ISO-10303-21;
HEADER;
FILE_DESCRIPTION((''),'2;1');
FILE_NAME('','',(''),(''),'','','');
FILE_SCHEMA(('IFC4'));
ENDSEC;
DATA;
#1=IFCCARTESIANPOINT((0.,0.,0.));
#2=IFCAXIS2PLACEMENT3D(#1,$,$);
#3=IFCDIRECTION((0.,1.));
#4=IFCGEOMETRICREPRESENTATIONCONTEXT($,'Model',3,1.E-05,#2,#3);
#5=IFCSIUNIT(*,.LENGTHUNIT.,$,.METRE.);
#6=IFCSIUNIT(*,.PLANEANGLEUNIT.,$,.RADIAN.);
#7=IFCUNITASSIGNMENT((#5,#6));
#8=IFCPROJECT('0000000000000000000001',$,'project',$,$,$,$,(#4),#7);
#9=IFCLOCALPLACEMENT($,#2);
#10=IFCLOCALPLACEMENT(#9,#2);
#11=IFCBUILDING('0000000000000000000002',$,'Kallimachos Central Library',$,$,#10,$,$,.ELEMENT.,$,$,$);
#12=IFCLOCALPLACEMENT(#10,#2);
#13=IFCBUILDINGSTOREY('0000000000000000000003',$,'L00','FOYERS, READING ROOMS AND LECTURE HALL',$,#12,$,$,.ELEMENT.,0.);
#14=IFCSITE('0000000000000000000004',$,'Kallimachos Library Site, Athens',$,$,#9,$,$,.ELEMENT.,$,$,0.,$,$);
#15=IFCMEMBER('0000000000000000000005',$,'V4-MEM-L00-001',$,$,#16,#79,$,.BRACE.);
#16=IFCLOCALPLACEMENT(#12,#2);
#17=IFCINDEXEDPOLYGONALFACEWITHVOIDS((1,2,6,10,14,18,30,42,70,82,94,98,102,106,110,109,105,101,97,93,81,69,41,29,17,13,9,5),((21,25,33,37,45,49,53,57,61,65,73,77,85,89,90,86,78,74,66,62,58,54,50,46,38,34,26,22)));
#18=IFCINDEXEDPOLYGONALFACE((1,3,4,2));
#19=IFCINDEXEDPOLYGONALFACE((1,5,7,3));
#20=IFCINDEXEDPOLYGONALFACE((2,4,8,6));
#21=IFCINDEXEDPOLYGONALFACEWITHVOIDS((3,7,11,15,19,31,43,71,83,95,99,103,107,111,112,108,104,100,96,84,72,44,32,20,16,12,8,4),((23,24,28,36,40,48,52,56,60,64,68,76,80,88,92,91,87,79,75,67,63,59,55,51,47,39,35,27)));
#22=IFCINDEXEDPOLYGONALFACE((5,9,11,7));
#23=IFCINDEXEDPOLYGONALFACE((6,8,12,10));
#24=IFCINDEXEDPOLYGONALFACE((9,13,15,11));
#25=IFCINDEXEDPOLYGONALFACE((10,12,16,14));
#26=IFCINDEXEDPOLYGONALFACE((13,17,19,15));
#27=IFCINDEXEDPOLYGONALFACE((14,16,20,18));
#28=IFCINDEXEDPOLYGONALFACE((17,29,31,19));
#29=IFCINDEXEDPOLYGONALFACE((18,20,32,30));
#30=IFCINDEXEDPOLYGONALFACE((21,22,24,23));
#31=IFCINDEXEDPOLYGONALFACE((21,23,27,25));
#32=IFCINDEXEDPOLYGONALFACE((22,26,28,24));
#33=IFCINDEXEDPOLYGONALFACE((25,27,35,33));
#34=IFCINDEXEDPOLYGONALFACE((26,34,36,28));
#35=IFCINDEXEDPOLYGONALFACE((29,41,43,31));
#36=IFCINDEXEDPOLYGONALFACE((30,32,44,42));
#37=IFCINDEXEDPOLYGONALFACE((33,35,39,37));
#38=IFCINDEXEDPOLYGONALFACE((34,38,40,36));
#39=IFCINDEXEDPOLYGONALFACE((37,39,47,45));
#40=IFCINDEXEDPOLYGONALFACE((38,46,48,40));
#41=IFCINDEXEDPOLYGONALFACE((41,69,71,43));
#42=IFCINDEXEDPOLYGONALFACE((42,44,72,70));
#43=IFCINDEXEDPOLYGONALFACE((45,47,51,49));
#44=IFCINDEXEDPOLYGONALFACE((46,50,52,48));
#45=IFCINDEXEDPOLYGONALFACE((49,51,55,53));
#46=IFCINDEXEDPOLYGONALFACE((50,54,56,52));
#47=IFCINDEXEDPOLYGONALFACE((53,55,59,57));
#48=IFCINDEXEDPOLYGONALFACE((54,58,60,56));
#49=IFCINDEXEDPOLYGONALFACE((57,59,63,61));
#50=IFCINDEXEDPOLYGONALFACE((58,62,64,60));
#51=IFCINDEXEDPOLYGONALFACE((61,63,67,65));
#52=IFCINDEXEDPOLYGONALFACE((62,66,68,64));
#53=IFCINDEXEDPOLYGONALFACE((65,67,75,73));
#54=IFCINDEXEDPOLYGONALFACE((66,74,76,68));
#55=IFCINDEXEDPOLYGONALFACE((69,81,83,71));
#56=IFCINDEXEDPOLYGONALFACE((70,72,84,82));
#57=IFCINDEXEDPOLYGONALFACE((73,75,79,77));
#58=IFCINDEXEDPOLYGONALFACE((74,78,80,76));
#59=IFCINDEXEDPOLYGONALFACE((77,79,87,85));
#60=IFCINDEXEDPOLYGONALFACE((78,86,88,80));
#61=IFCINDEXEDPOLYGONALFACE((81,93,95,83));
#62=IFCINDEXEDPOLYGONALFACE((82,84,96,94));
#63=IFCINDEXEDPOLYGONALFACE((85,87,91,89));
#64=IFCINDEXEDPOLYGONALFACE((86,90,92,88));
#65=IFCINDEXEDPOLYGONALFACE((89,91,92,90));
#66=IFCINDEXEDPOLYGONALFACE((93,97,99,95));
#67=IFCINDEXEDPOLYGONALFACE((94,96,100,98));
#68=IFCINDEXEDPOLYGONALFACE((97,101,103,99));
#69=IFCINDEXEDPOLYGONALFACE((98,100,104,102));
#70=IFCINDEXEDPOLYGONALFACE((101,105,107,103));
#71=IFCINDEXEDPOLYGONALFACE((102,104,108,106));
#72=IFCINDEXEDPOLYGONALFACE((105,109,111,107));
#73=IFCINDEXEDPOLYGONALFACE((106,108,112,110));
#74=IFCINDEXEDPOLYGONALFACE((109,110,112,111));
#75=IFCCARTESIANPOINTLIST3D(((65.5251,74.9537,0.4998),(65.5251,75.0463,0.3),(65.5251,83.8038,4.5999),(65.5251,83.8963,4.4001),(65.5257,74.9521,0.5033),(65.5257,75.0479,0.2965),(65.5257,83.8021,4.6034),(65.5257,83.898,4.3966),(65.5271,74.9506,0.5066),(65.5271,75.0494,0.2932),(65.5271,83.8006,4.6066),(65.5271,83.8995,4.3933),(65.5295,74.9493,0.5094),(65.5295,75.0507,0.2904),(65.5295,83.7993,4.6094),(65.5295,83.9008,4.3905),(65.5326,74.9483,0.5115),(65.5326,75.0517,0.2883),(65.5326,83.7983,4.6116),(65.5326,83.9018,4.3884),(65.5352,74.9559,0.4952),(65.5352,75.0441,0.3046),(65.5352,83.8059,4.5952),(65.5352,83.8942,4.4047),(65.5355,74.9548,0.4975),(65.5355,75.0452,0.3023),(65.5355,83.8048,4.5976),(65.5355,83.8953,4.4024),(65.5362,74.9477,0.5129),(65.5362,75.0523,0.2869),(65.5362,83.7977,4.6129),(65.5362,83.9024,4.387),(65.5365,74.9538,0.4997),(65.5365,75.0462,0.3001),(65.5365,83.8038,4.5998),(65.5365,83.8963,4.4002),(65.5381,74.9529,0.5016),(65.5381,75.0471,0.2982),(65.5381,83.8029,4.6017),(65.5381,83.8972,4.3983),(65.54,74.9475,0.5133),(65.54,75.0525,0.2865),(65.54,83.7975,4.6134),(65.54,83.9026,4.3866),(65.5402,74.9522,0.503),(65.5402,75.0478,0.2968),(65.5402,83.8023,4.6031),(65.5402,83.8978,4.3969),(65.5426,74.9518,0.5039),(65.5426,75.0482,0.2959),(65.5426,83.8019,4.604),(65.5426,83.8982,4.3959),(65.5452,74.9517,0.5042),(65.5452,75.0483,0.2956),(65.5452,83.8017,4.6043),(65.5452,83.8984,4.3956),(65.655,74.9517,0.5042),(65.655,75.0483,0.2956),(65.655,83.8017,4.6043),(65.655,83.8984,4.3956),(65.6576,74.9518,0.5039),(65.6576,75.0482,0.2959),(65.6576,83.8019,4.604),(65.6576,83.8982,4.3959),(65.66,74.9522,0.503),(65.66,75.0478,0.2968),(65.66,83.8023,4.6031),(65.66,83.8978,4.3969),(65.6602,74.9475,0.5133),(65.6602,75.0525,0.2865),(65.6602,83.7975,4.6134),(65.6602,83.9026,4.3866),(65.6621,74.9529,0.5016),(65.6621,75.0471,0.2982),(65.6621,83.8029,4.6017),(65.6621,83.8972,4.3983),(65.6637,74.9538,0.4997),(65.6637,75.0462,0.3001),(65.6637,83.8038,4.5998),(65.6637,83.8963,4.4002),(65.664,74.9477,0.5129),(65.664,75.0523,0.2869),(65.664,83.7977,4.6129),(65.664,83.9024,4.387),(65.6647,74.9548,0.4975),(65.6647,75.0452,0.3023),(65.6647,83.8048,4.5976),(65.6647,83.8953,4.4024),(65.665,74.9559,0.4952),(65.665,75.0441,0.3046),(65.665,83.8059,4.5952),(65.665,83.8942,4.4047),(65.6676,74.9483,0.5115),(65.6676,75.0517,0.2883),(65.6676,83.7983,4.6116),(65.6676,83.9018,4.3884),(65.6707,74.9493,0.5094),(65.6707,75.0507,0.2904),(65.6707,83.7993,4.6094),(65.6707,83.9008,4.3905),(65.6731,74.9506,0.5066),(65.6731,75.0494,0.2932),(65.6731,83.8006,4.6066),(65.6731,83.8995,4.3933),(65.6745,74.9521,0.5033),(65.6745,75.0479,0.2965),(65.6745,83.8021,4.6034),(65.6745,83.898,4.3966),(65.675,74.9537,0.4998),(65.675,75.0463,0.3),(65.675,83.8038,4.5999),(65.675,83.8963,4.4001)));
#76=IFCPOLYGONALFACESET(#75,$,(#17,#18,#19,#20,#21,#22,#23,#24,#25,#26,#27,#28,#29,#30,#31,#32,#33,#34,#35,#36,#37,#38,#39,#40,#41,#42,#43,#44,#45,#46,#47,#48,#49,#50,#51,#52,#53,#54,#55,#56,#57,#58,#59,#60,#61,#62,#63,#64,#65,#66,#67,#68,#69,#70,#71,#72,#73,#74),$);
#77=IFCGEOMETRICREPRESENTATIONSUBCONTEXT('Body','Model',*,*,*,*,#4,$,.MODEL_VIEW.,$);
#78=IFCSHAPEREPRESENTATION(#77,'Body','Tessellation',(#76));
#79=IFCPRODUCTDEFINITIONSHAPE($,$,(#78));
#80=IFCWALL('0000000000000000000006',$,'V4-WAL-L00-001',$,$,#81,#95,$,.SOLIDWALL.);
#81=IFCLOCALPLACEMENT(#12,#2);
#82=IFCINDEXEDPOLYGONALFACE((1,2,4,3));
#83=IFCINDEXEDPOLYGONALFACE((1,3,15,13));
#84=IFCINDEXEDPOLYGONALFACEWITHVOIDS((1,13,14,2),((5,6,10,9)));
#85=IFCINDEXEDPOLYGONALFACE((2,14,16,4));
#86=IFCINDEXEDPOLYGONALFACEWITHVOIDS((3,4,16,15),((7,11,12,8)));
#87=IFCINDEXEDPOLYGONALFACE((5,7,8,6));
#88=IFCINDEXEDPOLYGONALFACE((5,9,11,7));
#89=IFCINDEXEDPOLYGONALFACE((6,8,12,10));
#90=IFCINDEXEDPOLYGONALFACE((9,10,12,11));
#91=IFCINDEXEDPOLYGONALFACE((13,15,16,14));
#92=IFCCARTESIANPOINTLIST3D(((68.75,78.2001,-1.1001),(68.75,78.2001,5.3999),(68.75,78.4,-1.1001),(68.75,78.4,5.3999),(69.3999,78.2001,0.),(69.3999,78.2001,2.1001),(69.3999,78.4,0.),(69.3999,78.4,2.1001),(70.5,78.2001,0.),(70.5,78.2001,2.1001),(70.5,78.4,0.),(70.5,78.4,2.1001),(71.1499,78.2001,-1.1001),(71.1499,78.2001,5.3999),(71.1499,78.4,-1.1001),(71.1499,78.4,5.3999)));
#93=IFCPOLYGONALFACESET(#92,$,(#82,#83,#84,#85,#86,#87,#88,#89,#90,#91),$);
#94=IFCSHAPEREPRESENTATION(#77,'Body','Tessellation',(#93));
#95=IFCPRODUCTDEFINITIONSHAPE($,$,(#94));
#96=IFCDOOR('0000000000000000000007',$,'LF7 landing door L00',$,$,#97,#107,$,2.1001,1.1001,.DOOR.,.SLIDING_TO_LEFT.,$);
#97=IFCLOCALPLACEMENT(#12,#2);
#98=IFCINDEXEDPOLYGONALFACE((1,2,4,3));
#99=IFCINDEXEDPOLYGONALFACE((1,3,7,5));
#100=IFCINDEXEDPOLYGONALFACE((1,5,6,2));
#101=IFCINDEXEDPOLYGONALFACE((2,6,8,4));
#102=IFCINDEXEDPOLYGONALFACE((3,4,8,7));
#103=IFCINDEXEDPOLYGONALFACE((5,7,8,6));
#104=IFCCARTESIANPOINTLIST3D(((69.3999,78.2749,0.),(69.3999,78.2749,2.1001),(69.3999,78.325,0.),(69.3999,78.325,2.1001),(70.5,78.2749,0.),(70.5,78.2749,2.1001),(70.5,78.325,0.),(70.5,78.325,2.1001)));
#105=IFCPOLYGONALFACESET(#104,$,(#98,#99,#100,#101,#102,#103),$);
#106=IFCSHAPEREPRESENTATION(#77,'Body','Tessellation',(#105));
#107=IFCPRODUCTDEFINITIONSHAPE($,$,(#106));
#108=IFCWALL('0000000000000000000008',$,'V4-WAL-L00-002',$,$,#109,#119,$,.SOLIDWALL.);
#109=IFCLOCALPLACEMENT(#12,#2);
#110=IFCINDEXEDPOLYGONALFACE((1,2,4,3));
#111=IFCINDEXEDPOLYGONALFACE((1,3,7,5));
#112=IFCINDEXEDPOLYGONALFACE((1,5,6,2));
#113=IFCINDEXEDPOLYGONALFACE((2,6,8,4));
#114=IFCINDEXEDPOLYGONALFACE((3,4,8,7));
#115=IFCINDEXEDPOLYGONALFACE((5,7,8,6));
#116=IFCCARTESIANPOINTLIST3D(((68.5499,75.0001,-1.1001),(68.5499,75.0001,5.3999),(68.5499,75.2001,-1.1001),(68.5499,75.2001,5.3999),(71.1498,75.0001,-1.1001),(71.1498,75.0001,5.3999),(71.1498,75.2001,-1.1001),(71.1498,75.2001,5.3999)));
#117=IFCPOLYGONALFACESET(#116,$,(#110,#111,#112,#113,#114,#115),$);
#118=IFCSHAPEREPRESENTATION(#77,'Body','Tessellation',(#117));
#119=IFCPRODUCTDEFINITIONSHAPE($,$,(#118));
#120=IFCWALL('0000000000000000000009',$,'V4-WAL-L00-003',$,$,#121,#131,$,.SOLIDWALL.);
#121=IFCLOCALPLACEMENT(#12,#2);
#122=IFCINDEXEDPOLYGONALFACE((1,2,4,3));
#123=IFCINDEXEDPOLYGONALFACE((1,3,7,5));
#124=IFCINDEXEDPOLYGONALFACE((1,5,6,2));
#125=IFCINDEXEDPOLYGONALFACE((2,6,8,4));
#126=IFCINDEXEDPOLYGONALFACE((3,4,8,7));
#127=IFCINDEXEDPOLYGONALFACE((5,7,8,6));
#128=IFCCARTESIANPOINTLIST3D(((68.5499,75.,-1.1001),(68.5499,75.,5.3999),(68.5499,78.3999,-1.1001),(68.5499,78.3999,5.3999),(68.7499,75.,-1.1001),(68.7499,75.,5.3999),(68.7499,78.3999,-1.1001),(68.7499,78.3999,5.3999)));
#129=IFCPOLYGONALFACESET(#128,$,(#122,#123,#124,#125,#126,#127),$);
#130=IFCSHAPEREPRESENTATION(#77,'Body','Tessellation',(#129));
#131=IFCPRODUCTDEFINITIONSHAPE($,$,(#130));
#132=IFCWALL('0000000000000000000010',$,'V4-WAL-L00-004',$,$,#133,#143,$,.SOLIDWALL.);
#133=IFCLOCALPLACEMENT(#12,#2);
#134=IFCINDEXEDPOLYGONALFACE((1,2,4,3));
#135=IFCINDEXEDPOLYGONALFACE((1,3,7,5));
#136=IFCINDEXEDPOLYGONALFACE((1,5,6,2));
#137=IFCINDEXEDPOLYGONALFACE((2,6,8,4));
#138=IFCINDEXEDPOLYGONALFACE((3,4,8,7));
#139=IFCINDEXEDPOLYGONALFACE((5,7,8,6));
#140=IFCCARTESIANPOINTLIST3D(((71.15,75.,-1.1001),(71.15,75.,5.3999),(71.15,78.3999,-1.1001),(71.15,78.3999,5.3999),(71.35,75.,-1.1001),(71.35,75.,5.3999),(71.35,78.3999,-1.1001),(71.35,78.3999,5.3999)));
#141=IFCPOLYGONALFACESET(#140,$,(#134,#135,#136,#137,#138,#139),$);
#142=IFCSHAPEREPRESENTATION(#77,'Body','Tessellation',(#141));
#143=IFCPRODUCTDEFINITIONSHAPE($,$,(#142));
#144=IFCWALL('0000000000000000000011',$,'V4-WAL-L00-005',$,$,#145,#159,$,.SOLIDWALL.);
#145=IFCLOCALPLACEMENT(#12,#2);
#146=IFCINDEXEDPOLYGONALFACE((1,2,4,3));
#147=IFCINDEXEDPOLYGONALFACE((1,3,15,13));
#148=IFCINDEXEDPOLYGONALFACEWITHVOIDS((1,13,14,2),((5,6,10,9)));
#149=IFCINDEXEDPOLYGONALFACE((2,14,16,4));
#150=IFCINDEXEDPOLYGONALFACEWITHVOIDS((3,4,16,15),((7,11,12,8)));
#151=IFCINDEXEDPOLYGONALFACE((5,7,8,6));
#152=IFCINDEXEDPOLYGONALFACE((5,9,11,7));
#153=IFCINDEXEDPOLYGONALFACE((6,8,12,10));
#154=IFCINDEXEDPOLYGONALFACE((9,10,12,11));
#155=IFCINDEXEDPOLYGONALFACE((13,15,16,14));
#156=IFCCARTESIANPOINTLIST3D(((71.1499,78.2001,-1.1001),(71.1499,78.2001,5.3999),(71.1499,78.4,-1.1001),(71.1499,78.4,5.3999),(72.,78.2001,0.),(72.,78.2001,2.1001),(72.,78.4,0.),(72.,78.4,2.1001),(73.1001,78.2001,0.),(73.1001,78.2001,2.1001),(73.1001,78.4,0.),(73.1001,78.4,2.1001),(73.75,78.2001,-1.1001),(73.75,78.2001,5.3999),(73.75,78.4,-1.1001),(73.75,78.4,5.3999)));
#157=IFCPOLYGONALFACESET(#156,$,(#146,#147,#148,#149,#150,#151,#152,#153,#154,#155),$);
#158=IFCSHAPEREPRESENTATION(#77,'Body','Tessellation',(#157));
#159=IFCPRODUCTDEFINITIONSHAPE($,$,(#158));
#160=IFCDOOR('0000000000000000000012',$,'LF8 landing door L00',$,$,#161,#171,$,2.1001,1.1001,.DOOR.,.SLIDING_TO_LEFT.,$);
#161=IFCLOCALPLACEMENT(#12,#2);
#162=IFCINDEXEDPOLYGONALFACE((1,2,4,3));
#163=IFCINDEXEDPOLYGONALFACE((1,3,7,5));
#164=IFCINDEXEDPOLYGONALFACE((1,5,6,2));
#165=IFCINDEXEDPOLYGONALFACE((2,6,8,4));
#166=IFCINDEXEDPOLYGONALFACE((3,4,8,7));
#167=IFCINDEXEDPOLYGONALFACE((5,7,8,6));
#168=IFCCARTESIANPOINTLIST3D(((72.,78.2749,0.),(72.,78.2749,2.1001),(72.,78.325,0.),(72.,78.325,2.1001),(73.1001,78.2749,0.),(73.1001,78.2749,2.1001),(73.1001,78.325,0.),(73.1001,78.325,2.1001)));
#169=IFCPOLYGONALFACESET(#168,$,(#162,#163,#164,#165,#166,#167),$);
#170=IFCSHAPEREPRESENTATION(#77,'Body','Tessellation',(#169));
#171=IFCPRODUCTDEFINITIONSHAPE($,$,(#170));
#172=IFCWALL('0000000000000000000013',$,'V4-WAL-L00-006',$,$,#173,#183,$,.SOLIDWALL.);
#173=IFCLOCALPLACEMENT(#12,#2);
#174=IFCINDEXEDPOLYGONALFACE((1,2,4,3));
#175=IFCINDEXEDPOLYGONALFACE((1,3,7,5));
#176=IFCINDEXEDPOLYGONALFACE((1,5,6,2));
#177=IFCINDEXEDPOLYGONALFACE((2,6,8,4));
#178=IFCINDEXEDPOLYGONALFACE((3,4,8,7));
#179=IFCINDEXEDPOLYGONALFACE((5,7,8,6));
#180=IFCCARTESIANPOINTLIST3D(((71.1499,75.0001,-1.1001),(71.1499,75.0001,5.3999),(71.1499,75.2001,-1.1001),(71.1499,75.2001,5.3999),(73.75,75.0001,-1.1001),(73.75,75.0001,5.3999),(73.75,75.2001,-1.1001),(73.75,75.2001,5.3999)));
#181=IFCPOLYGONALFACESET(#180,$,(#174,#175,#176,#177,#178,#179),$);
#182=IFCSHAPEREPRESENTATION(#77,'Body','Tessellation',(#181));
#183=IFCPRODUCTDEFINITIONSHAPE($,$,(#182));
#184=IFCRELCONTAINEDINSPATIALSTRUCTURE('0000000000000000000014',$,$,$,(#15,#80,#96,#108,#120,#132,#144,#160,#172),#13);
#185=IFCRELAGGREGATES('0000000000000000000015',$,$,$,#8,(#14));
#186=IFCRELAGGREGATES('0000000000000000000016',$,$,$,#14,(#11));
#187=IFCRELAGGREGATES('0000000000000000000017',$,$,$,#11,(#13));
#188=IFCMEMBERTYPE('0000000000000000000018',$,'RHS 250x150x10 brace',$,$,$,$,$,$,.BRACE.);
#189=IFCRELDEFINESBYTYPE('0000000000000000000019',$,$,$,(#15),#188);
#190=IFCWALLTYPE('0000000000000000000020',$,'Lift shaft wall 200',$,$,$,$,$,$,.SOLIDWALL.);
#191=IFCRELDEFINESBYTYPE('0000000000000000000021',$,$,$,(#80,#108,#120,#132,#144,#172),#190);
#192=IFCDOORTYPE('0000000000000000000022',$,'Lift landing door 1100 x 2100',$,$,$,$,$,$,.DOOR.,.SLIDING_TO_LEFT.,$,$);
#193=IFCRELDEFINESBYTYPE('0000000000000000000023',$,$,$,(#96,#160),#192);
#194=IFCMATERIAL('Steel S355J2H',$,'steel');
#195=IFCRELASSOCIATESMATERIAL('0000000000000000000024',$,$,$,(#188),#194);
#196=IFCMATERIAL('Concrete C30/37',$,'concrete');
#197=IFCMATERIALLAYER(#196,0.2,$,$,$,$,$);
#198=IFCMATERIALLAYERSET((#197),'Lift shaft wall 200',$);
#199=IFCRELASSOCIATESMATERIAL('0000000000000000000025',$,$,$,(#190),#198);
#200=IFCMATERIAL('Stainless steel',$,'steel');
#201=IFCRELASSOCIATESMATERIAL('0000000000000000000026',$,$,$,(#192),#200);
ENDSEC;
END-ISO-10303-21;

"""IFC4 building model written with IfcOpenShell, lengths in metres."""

from ifc_helpers import new_model, si_unit, direction, frame, frame_2d, origin, origin_2d, place, context, subcontext, project, spatial, rectangle, hollow_rectangle, extrude, material, layer, layer_set, material_profile, profile_set, type_object, element, fill, save


model = new_model("IFC4")

# Units and contexts
model_context = context("Model", 3, precision=1e-05, world=origin(), true_north=direction((0.0, 1.0)))
body_context = subcontext(model_context, "Body", "Model", "MODEL_VIEW")
ifc_project = project(units=[si_unit("LENGTHUNIT", "METRE"), si_unit("PLANEANGLEUNIT", "RADIAN")], contexts=[model_context])

# Site, building, storey
site_placement = place(None, origin())
site = spatial("IfcSite", under=ifc_project, at=site_placement, Name="Kallimachos Library Site, Athens", CompositionType="ELEMENT", RefElevation=0.0)
building_placement = place(site_placement, origin())
building = spatial("IfcBuilding", under=site, at=building_placement, Name="Kallimachos Central Library", CompositionType="ELEMENT")
storey_placement = place(building_placement, origin())
storey = spatial("IfcBuildingStorey", under=building, at=storey_placement, Name="L00", Description="FOYERS, READING ROOMS AND LECTURE HALL", CompositionType="ELEMENT", Elevation=0.0)

# Member
ifc_material_1 = material(Name="Steel S355J2H", Category="steel")
ifc_material_profile_1 = material_profile(ifc_material_1, hollow_rectangle(XDim=0.1499, YDim=0.25, WallThickness=0.01, InnerFilletRadius=0.01, OuterFilletRadius=0.0149, at=origin_2d()), Name="RHS 250x150x10")
ifc_profile_set_1 = profile_set([ifc_material_profile_1], Name="Steel S355J2H")
member_type = type_object("IfcMemberType", Name="RHS 250x150x10 brace", PredefinedType="BRACE", material=ifc_profile_set_1)
member_placement = place(storey_placement, frame((65.6001, 75.0, 0.3999), z_axis=(0.0, 0.907356, 0.420363), x_axis=(-1.0, 0.0, 0.0)))
element("IfcMember", 1, at=member_placement, inside=storey, type_object=member_type, Name="V4-MEM-L00-001", PredefinedType="BRACE", context=body_context, shape_type="SweptSolid", body=[
    extrude(hollow_rectangle(XDim=0.1499, YDim=0.25, WallThickness=0.01, InnerFilletRadius=0.01, OuterFilletRadius=0.0149, at=origin_2d()), origin(), (0.0, 0.0, 1.0), 9.7537),
])

# Wall, opening, door
ifc_material_2 = material(Name="Concrete C30/37", Category="concrete")
ifc_layer_1 = layer(ifc_material_2, 0.2)
ifc_layer_set_1 = layer_set([ifc_layer_1], Name="Lift shaft wall 200")
wall_type_1 = type_object("IfcWallType", Name="Lift shaft wall 200", PredefinedType="SOLIDWALL", material=ifc_layer_set_1)
wall_1_placement = place(storey_placement, frame((68.75, 78.3, -1.1001), z_axis=(0.0, 0.0, 1.0), x_axis=(1.0, 0.0, 0.0)))
wall_1 = element("IfcWall", 2, at=wall_1_placement, inside=storey, type_object=wall_type_1, Name="V4-WAL-L00-001", PredefinedType="SOLIDWALL", context=body_context, shape_type="SweptSolid", body=[
    extrude(rectangle(XDim=2.3999, YDim=0.2, at=frame_2d((1.2, 0.0))), origin(), (0.0, 0.0, 1.0), 6.5),
])
opening_1_placement = place(wall_1_placement, frame((0.6499, 0.0, 1.1001)))
opening_1 = element("IfcOpeningElement", 3, at=opening_1_placement, cuts=wall_1, PredefinedType="OPENING", context=body_context, shape_type="SweptSolid", body=[
    extrude(rectangle(XDim=1.1001, YDim=2.1001, at=frame_2d((0.55, 1.05))), frame((0.0, 0.1099, 0.0), z_axis=(0.0, -1.0, 0.0), x_axis=(1.0, 0.0, 0.0)), (0.0, 0.0, 1.0), 0.22),
])
ifc_material_3 = material(Name="Stainless steel", Category="steel")
door_type_1 = type_object("IfcDoorType", Name="Lift landing door 1100 x 2100", OperationType="SLIDING_TO_LEFT", PredefinedType="DOOR", material=ifc_material_3)
door_1_placement = place(opening_1_placement, origin())
door_1 = element("IfcDoor", 4, at=door_1_placement, inside=storey, type_object=door_type_1, Name="LF7 landing door L00", OperationType="SLIDING_TO_LEFT", OverallHeight=2.1001, OverallWidth=1.1001, PredefinedType="DOOR", context=body_context, shape_type="SweptSolid", body=[
    extrude(rectangle(XDim=1.1001, YDim=2.1001, at=frame_2d((0.55, 1.05))), frame((0.0, 0.0249, 0.0), z_axis=(0.0, -1.0, 0.0), x_axis=(1.0, 0.0, 0.0)), (0.0, 0.0, 1.0), 0.05),
])
fill(opening_1, door_1)

# Walls
wall_2_placement = place(storey_placement, frame((68.55, 75.1001, -1.1001), z_axis=(0.0, 0.0, 1.0), x_axis=(1.0, 0.0, 0.0)))
element("IfcWall", 5, at=wall_2_placement, inside=storey, type_object=wall_type_1, Name="V4-WAL-L00-002", PredefinedType="SOLIDWALL", context=body_context, shape_type="SweptSolid", body=[
    extrude(rectangle(XDim=2.5999, YDim=0.2, at=frame_2d((1.2998, 0.0))), origin(), (0.0, 0.0, 1.0), 6.5),
])
for number, where, z_axis, x_axis, name in (
    (6, (68.6499, 75.0, -1.1001), (0.0, 0.0, 1.0), (0.0, 1.0, 0.0), "V4-WAL-L00-003"),
    (7, (71.25, 75.0, -1.1001), (0.0, 0.0, 1.0), (0.0, 1.0, 0.0), "V4-WAL-L00-004"),
):
    element("IfcWall", number, at=place(storey_placement, frame(where, z_axis=z_axis, x_axis=x_axis)), inside=storey, type_object=wall_type_1, Name=name, PredefinedType="SOLIDWALL", context=body_context, shape_type="SweptSolid", body=[
        extrude(rectangle(XDim=3.3999, YDim=0.2, at=frame_2d((1.7, 0.0))), origin(), (0.0, 0.0, 1.0), 6.5),
    ])

# Wall, opening, door
wall_3_placement = place(storey_placement, frame((71.1499, 78.3, -1.1001), z_axis=(0.0, 0.0, 1.0), x_axis=(1.0, 0.0, 0.0)))
wall_3 = element("IfcWall", 8, at=wall_3_placement, inside=storey, type_object=wall_type_1, Name="V4-WAL-L00-005", PredefinedType="SOLIDWALL", context=body_context, shape_type="SweptSolid", body=[
    extrude(rectangle(XDim=2.6001, YDim=0.2, at=frame_2d((1.3, 0.0))), origin(), (0.0, 0.0, 1.0), 6.5),
])
opening_2_placement = place(wall_3_placement, frame((0.8501, 0.0, 1.1001)))
opening_2 = element("IfcOpeningElement", 9, at=opening_2_placement, cuts=wall_3, PredefinedType="OPENING", context=body_context, shape_type="SweptSolid", body=[
    extrude(rectangle(XDim=1.1001, YDim=2.1001, at=frame_2d((0.55, 1.05))), frame((0.0, 0.1099, 0.0), z_axis=(0.0, -1.0, 0.0), x_axis=(1.0, 0.0, 0.0)), (0.0, 0.0, 1.0), 0.22),
])
door_2_placement = place(opening_2_placement, origin())
door_2 = element("IfcDoor", 10, at=door_2_placement, inside=storey, type_object=door_type_1, Name="LF8 landing door L00", OperationType="SLIDING_TO_LEFT", OverallHeight=2.1001, OverallWidth=1.1001, PredefinedType="DOOR", context=body_context, shape_type="SweptSolid", body=[
    extrude(rectangle(XDim=1.1001, YDim=2.1001, at=frame_2d((0.55, 1.05))), frame((0.0, 0.0249, 0.0), z_axis=(0.0, -1.0, 0.0), x_axis=(1.0, 0.0, 0.0)), (0.0, 0.0, 1.0), 0.05),
])
fill(opening_2, door_2)

# Wall
wall_4_placement = place(storey_placement, frame((71.1499, 75.1001, -1.1001), z_axis=(0.0, 0.0, 1.0), x_axis=(1.0, 0.0, 0.0)))
element("IfcWall", 11, at=wall_4_placement, inside=storey, type_object=wall_type_1, Name="V4-WAL-L00-006", PredefinedType="SOLIDWALL", context=body_context, shape_type="SweptSolid", body=[
    extrude(rectangle(XDim=2.6001, YDim=0.2, at=frame_2d((1.3, 0.0))), origin(), (0.0, 0.0, 1.0), 6.5),
])

save(model, "model.ifc")
